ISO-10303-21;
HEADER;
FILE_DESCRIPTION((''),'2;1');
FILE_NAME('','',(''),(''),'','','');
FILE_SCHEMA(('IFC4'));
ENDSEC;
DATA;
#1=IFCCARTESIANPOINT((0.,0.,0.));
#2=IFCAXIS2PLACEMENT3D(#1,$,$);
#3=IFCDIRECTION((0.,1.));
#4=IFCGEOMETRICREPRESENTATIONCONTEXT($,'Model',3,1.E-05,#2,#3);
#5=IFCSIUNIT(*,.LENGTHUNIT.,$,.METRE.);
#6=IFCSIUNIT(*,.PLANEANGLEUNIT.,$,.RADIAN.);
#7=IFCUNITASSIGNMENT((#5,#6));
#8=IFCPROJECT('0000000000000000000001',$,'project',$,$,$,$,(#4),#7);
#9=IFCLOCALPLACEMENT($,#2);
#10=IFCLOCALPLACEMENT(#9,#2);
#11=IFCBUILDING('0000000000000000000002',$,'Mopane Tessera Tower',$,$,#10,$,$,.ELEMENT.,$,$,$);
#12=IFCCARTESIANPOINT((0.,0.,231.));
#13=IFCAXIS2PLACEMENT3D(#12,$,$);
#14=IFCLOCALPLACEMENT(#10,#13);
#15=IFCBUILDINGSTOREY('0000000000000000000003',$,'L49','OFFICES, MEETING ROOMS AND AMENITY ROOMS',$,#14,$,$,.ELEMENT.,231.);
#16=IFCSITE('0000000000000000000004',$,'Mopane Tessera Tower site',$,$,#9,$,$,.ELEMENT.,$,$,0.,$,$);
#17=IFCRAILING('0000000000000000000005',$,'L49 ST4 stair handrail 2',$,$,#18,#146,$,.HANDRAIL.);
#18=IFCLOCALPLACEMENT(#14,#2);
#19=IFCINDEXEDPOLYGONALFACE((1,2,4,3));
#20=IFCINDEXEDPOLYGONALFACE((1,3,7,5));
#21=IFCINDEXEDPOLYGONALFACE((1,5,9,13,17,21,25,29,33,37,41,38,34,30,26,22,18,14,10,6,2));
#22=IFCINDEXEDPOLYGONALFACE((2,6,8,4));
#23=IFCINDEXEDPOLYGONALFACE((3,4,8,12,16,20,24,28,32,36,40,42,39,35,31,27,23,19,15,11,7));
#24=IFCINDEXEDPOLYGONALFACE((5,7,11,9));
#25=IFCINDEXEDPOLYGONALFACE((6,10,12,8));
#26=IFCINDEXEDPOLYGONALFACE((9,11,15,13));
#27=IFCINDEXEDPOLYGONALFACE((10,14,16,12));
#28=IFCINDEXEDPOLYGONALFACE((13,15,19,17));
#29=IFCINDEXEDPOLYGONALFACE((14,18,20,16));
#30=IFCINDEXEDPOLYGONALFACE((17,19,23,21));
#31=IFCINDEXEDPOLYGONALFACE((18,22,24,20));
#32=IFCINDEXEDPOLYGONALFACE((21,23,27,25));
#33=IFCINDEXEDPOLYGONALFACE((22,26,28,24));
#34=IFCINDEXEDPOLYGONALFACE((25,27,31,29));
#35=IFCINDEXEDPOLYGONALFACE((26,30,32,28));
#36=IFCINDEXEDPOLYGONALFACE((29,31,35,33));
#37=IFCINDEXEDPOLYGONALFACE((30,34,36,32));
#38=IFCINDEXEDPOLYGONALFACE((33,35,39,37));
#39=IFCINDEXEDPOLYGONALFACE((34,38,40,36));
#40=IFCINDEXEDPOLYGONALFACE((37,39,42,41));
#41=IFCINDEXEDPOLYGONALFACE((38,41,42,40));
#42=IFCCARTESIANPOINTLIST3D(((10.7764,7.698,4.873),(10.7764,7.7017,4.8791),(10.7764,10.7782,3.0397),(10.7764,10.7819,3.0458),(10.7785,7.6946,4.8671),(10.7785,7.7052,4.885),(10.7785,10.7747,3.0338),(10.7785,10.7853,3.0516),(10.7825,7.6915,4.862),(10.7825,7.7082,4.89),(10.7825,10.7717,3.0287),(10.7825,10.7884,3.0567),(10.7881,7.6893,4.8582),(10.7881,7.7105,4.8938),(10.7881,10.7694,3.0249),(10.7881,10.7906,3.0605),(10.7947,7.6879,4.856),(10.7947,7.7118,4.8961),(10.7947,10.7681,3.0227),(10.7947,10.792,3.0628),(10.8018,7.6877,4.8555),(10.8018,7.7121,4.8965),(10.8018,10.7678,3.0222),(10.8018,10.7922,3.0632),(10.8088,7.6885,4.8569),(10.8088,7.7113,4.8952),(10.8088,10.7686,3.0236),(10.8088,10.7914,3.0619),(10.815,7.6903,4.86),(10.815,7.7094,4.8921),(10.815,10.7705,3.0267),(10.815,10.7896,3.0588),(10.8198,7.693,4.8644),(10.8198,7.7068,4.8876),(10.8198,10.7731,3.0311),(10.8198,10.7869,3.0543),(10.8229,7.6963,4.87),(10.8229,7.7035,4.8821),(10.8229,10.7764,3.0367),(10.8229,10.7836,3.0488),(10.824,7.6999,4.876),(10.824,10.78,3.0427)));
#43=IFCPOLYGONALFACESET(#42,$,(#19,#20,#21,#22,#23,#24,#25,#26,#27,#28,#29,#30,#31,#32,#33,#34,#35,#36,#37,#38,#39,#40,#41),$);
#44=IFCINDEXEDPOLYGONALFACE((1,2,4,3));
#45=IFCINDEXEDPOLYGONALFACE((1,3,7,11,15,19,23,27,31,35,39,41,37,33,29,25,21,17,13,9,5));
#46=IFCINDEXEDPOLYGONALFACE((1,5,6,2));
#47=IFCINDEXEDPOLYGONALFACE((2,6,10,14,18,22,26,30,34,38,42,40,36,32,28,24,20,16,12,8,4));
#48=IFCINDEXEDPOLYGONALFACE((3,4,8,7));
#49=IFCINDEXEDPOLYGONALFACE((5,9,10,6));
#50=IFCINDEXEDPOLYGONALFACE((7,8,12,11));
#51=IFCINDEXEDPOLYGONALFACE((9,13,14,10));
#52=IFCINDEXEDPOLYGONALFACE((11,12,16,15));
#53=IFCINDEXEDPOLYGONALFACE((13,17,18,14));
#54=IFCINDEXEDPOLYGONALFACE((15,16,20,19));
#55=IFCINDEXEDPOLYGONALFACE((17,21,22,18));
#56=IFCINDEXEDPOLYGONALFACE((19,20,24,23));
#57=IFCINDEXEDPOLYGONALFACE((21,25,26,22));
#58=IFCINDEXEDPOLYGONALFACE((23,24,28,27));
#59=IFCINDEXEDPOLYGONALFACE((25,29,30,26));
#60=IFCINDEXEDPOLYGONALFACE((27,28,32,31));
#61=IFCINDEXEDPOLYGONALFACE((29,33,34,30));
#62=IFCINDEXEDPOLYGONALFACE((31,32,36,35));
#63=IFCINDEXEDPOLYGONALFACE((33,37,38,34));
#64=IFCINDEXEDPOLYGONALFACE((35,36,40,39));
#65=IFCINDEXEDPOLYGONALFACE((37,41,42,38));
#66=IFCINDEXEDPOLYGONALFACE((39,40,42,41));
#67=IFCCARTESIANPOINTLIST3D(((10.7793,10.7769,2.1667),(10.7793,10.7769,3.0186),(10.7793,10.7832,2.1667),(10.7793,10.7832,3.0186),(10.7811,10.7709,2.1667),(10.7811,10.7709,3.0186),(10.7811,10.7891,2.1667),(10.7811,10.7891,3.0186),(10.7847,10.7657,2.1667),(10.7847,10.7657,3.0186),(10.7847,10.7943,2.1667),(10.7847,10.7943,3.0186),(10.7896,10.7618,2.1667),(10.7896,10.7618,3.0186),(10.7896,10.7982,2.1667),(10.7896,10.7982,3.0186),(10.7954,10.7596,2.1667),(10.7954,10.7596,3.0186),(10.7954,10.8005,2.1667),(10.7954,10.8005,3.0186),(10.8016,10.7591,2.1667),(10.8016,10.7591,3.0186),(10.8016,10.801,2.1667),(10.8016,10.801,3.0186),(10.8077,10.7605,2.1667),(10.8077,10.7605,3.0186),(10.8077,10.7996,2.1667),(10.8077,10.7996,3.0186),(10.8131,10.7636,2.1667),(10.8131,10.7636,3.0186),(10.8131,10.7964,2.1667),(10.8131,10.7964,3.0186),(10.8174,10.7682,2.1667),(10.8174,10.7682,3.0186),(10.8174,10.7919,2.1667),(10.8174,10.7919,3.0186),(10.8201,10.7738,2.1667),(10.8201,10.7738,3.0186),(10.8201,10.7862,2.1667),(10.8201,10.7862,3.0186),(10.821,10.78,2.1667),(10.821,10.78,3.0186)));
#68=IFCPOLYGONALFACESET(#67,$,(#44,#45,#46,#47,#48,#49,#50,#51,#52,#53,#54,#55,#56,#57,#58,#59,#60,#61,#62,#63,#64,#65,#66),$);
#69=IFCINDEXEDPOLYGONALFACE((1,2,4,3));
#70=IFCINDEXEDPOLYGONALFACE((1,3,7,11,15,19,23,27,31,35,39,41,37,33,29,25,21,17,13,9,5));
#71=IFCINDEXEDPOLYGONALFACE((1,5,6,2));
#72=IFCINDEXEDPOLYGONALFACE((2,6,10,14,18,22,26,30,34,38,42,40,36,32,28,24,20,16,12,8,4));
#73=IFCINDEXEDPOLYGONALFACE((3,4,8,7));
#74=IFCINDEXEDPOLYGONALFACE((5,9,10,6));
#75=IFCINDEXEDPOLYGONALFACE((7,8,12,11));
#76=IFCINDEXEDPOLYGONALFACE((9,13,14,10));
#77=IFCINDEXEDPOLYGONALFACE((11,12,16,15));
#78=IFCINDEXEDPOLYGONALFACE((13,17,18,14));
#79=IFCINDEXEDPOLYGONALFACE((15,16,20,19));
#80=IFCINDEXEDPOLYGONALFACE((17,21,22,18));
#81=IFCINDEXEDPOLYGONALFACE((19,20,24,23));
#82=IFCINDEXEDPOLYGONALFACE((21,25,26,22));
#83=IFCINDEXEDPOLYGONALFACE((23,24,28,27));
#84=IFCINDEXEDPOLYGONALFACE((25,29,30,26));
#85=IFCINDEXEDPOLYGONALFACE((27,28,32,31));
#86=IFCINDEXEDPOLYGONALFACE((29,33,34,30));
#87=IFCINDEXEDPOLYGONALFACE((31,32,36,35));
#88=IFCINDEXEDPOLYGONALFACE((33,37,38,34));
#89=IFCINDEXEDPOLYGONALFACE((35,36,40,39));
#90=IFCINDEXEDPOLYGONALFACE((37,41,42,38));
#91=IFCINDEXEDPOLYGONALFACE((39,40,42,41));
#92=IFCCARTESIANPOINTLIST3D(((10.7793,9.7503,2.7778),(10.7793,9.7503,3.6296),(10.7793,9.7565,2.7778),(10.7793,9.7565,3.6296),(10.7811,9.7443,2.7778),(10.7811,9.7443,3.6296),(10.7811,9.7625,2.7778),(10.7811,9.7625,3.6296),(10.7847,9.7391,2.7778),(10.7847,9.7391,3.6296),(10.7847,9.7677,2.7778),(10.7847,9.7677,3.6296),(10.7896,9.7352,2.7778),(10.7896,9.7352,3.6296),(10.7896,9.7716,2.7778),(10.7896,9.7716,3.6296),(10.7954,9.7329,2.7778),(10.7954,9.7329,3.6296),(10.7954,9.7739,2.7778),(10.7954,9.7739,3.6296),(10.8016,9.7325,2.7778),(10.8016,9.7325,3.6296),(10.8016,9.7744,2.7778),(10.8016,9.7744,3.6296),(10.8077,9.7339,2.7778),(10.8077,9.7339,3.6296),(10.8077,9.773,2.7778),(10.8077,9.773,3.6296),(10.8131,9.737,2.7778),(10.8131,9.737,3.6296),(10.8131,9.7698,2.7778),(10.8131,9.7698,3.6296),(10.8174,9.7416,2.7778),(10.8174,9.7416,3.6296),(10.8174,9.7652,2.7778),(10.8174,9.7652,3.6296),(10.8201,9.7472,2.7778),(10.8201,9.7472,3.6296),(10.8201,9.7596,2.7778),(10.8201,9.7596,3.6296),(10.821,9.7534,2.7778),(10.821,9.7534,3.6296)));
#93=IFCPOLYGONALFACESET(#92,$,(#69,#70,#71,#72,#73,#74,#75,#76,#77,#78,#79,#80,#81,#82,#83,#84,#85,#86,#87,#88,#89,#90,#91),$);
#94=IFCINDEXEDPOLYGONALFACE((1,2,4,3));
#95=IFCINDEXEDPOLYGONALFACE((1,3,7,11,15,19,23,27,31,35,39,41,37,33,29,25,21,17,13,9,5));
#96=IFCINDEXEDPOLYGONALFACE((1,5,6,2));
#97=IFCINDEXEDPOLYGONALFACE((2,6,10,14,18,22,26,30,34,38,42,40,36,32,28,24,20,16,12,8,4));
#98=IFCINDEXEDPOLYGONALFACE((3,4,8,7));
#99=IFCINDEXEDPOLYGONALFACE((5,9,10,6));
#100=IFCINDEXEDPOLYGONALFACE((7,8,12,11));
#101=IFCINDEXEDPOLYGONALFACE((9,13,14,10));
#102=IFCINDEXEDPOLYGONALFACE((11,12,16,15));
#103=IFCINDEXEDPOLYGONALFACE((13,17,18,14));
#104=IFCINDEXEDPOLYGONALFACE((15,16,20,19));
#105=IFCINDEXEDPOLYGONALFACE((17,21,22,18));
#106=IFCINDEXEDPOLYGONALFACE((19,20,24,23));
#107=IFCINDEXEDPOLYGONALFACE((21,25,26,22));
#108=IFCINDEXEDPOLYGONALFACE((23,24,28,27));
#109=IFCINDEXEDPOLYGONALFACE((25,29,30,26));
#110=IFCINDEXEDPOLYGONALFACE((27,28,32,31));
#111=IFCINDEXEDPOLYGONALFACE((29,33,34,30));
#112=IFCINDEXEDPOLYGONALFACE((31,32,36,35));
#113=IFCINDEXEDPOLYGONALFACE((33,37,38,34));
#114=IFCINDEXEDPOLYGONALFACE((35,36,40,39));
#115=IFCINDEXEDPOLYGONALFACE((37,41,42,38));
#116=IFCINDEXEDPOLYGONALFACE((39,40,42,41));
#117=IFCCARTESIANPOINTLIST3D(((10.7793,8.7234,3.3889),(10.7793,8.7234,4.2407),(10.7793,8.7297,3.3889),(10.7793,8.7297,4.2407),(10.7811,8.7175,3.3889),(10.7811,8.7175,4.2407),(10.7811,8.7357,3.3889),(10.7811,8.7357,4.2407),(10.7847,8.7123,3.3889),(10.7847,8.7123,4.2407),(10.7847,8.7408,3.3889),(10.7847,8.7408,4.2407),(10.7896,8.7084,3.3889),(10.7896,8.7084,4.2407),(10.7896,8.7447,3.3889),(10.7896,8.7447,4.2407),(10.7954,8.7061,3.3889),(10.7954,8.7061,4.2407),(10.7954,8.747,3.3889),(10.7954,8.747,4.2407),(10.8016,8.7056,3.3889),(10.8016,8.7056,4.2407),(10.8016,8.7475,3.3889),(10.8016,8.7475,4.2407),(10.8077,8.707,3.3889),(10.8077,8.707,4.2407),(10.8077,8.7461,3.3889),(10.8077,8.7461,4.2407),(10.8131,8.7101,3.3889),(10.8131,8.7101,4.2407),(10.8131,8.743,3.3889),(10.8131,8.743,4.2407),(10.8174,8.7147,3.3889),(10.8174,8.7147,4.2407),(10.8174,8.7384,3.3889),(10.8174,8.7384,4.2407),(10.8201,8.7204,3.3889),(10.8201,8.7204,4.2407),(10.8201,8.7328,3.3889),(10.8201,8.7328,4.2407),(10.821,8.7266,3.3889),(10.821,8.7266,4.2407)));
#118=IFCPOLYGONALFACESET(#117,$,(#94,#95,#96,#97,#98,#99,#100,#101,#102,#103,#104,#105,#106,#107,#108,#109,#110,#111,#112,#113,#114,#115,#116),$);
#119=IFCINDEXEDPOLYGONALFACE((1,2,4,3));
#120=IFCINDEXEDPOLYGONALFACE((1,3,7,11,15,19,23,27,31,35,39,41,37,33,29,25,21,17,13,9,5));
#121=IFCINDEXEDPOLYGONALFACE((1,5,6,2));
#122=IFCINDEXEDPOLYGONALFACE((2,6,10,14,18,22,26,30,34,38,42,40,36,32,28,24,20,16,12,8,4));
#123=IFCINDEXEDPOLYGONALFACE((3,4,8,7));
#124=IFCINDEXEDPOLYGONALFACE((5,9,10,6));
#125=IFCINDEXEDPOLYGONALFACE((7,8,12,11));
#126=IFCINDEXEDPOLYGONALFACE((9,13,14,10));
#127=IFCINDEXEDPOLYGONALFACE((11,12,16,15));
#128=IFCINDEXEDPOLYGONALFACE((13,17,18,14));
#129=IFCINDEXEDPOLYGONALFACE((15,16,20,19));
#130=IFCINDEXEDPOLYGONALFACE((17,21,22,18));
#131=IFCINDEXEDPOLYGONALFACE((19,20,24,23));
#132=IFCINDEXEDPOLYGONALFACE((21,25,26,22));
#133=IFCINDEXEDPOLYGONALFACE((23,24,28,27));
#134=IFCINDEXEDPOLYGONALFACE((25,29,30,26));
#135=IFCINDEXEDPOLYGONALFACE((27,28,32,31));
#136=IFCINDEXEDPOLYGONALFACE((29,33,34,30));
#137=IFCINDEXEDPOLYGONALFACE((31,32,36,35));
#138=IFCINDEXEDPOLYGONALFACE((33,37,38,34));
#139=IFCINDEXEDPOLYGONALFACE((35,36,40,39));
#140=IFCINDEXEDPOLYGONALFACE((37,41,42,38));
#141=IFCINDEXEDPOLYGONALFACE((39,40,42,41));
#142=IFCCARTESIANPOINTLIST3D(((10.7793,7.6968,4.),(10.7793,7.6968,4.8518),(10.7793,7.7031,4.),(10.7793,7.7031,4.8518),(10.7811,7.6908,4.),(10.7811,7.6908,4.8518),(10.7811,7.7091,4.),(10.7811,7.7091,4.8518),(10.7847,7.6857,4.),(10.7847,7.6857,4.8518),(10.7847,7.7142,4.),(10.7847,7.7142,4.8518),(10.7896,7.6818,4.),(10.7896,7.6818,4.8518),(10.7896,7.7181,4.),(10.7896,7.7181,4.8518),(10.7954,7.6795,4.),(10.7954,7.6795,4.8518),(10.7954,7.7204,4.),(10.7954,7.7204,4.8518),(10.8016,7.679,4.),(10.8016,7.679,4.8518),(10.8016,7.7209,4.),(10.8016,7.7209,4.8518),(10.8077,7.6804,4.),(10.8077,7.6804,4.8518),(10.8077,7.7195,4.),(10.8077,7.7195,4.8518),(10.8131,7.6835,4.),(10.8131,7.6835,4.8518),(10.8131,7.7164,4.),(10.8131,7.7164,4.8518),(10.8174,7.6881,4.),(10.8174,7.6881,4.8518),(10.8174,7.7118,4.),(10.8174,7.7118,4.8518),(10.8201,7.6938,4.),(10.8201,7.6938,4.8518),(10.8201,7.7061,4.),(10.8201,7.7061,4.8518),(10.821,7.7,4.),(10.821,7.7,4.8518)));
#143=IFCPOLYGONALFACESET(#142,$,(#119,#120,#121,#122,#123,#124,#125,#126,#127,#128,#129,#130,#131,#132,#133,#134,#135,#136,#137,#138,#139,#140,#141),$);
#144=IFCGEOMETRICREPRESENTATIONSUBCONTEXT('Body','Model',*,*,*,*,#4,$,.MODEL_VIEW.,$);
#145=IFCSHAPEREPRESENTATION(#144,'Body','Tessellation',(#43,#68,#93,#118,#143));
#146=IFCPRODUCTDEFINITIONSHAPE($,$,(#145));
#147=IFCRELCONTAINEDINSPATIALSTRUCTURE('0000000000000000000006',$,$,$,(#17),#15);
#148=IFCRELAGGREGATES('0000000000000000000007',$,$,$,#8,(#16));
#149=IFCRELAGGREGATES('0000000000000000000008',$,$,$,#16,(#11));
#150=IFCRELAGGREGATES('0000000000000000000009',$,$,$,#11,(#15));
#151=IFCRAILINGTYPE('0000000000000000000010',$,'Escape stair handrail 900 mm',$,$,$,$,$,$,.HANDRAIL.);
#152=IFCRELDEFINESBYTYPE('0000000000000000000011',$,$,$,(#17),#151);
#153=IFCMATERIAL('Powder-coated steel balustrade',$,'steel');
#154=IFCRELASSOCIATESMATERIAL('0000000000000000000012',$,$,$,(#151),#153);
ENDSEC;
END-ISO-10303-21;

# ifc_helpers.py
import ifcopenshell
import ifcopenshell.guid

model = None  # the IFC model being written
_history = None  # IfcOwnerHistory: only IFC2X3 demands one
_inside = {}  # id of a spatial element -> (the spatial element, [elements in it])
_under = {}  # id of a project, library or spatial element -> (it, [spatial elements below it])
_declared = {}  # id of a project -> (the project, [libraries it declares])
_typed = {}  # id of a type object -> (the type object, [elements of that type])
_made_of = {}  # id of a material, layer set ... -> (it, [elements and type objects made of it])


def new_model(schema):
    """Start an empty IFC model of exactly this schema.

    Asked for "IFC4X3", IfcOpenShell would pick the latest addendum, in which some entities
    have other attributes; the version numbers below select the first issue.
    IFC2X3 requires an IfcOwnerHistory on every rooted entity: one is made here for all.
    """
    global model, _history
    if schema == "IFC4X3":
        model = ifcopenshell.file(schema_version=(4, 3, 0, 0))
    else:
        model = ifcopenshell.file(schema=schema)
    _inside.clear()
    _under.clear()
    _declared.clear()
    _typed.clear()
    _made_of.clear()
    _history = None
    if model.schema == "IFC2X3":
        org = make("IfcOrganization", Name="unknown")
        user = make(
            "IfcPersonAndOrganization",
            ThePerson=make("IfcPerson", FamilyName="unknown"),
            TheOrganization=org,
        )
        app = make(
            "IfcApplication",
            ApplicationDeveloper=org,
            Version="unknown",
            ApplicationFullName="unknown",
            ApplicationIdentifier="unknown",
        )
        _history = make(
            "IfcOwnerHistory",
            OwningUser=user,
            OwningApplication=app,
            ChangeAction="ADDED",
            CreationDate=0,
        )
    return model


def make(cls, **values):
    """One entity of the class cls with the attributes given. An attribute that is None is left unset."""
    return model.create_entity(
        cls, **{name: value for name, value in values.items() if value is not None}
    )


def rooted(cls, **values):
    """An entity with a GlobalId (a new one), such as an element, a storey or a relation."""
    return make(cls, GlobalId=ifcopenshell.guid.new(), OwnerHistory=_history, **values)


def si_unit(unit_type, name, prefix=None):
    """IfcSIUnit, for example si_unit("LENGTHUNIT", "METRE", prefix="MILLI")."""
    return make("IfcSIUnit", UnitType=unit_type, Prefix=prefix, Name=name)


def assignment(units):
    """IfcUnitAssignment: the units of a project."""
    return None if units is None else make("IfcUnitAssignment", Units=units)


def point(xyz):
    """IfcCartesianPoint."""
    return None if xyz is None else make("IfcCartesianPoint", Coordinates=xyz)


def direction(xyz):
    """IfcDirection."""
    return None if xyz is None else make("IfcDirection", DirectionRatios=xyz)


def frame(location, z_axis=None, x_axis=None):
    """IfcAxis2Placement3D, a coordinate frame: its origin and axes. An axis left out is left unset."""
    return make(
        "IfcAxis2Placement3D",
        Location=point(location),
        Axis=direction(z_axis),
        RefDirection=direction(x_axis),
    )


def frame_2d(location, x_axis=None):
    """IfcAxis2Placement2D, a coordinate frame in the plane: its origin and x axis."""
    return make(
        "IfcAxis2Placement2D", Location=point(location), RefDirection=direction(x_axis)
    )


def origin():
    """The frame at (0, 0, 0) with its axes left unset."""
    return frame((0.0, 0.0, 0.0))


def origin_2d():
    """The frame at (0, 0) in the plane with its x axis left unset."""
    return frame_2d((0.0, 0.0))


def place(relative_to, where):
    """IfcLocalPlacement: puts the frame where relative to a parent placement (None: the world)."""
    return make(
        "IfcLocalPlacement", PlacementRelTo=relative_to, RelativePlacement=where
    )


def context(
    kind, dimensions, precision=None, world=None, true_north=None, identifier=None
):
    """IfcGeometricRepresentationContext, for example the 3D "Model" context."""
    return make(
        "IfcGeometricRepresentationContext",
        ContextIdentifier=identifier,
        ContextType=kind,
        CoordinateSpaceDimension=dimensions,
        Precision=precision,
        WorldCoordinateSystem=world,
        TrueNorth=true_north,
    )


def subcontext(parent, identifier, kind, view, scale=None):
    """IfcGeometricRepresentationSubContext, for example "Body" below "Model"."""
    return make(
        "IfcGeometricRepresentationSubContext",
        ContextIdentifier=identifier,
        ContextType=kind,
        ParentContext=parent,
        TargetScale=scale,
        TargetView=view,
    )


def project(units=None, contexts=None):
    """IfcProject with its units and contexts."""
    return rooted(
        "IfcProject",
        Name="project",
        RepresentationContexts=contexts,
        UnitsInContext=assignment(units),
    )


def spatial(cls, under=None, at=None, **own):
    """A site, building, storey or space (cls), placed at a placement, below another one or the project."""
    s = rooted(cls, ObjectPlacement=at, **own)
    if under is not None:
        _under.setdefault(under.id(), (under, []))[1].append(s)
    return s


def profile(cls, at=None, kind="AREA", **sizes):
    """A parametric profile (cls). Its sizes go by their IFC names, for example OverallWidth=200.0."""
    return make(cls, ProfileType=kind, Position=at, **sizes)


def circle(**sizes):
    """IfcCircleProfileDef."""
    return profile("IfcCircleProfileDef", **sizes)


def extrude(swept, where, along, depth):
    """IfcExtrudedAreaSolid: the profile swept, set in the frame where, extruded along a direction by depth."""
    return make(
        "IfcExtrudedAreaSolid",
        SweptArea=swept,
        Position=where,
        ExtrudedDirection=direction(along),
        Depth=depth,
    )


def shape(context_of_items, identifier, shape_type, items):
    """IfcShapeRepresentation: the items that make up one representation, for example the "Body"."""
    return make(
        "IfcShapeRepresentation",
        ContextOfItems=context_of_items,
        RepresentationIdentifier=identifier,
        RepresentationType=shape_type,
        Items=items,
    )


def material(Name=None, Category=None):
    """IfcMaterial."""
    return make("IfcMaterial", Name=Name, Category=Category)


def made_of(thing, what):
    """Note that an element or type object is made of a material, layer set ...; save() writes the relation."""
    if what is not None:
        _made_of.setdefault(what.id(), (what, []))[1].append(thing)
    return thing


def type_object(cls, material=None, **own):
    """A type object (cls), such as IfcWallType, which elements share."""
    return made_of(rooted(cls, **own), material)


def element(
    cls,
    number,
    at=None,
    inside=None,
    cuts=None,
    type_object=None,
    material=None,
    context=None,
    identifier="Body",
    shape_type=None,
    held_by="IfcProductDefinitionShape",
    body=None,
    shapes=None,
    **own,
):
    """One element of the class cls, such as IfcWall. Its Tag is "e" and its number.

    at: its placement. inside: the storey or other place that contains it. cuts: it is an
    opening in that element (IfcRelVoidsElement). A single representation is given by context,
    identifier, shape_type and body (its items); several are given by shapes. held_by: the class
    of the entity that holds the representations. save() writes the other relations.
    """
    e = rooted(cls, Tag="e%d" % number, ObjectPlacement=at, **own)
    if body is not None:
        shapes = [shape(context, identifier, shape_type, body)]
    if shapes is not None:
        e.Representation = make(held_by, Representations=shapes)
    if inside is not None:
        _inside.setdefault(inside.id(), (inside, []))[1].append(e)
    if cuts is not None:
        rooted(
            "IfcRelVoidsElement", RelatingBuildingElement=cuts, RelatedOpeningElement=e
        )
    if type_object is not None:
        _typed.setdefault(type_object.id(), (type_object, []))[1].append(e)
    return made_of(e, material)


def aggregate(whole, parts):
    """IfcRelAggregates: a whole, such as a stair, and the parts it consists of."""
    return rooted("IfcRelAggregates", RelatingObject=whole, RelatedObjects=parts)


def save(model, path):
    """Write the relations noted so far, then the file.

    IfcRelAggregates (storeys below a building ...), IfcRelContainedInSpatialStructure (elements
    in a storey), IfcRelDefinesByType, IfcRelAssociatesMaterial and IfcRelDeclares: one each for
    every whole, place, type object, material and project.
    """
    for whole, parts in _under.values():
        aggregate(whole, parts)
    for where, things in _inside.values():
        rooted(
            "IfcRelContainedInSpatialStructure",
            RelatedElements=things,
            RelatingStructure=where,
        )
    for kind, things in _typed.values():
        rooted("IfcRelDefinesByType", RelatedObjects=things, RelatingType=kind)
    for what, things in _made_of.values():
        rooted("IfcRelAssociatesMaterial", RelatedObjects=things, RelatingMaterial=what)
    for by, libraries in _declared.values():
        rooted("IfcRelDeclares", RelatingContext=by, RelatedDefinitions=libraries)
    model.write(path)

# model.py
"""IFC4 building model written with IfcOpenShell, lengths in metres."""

from ifc_helpers import new_model, si_unit, direction, frame, origin, origin_2d, place, context, subcontext, project, spatial, circle, extrude, material, type_object, element, save


model = new_model("IFC4")

# Units and contexts
model_context = context("Model", 3, precision=1e-05, world=origin(), true_north=direction((0.0, 1.0)))
body_context = subcontext(model_context, "Body", "Model", "MODEL_VIEW")
ifc_project = project(units=[si_unit("LENGTHUNIT", "METRE"), si_unit("PLANEANGLEUNIT", "RADIAN")], contexts=[model_context])

# Site, building, storey
site_placement = place(None, origin())
site = spatial("IfcSite", under=ifc_project, at=site_placement, Name="Mopane Tessera Tower site", CompositionType="ELEMENT", RefElevation=0.0)
building_placement = place(site_placement, origin())
building = spatial("IfcBuilding", under=site, at=building_placement, Name="Mopane Tessera Tower", CompositionType="ELEMENT")
storey_placement = place(building_placement, frame((0.0, 0.0, 231.0)))
storey = spatial("IfcBuildingStorey", under=building, at=storey_placement, Name="L49", Description="OFFICES, MEETING ROOMS AND AMENITY ROOMS", CompositionType="ELEMENT", Elevation=231.0)

# Railing
ifc_material_1 = material(Name="Powder-coated steel balustrade", Category="steel")
railing_type_1 = type_object("IfcRailingType", Name="Escape stair handrail 900 mm", PredefinedType="HANDRAIL", material=ifc_material_1)
railing_1_placement = place(storey_placement, frame((10.8, 10.78, 2.1667)))
element("IfcRailing", 1, at=railing_1_placement, inside=storey, type_object=railing_type_1, Name="L49 ST4 stair handrail 2", PredefinedType="HANDRAIL", context=body_context, shape_type="SweptSolid", body=[
    extrude(circle(Radius=0.0239, at=origin_2d()), frame((0.0, 0.0, 0.876), z_axis=(0.0, -0.859309, 0.511458), x_axis=(1.0, 0.0, 0.0)), (0.0, 0.0, 1.0), 3.5845),
    extrude(circle(Radius=0.021, at=origin_2d()), origin(), (0.0, 0.0, 1.0), 0.8518),
    extrude(circle(Radius=0.021, at=origin_2d()), frame((0.0, -1.0266, 0.6111)), (0.0, 0.0, 1.0), 0.8518),
    extrude(circle(Radius=0.021, at=origin_2d()), frame((0.0, -2.0535, 1.2222)), (0.0, 0.0, 1.0), 0.8518),
    extrude(circle(Radius=0.021, at=origin_2d()), frame((0.0, -3.0801, 1.8333)), (0.0, 0.0, 1.0), 0.8518),
])

save(model, "model.ifc")
